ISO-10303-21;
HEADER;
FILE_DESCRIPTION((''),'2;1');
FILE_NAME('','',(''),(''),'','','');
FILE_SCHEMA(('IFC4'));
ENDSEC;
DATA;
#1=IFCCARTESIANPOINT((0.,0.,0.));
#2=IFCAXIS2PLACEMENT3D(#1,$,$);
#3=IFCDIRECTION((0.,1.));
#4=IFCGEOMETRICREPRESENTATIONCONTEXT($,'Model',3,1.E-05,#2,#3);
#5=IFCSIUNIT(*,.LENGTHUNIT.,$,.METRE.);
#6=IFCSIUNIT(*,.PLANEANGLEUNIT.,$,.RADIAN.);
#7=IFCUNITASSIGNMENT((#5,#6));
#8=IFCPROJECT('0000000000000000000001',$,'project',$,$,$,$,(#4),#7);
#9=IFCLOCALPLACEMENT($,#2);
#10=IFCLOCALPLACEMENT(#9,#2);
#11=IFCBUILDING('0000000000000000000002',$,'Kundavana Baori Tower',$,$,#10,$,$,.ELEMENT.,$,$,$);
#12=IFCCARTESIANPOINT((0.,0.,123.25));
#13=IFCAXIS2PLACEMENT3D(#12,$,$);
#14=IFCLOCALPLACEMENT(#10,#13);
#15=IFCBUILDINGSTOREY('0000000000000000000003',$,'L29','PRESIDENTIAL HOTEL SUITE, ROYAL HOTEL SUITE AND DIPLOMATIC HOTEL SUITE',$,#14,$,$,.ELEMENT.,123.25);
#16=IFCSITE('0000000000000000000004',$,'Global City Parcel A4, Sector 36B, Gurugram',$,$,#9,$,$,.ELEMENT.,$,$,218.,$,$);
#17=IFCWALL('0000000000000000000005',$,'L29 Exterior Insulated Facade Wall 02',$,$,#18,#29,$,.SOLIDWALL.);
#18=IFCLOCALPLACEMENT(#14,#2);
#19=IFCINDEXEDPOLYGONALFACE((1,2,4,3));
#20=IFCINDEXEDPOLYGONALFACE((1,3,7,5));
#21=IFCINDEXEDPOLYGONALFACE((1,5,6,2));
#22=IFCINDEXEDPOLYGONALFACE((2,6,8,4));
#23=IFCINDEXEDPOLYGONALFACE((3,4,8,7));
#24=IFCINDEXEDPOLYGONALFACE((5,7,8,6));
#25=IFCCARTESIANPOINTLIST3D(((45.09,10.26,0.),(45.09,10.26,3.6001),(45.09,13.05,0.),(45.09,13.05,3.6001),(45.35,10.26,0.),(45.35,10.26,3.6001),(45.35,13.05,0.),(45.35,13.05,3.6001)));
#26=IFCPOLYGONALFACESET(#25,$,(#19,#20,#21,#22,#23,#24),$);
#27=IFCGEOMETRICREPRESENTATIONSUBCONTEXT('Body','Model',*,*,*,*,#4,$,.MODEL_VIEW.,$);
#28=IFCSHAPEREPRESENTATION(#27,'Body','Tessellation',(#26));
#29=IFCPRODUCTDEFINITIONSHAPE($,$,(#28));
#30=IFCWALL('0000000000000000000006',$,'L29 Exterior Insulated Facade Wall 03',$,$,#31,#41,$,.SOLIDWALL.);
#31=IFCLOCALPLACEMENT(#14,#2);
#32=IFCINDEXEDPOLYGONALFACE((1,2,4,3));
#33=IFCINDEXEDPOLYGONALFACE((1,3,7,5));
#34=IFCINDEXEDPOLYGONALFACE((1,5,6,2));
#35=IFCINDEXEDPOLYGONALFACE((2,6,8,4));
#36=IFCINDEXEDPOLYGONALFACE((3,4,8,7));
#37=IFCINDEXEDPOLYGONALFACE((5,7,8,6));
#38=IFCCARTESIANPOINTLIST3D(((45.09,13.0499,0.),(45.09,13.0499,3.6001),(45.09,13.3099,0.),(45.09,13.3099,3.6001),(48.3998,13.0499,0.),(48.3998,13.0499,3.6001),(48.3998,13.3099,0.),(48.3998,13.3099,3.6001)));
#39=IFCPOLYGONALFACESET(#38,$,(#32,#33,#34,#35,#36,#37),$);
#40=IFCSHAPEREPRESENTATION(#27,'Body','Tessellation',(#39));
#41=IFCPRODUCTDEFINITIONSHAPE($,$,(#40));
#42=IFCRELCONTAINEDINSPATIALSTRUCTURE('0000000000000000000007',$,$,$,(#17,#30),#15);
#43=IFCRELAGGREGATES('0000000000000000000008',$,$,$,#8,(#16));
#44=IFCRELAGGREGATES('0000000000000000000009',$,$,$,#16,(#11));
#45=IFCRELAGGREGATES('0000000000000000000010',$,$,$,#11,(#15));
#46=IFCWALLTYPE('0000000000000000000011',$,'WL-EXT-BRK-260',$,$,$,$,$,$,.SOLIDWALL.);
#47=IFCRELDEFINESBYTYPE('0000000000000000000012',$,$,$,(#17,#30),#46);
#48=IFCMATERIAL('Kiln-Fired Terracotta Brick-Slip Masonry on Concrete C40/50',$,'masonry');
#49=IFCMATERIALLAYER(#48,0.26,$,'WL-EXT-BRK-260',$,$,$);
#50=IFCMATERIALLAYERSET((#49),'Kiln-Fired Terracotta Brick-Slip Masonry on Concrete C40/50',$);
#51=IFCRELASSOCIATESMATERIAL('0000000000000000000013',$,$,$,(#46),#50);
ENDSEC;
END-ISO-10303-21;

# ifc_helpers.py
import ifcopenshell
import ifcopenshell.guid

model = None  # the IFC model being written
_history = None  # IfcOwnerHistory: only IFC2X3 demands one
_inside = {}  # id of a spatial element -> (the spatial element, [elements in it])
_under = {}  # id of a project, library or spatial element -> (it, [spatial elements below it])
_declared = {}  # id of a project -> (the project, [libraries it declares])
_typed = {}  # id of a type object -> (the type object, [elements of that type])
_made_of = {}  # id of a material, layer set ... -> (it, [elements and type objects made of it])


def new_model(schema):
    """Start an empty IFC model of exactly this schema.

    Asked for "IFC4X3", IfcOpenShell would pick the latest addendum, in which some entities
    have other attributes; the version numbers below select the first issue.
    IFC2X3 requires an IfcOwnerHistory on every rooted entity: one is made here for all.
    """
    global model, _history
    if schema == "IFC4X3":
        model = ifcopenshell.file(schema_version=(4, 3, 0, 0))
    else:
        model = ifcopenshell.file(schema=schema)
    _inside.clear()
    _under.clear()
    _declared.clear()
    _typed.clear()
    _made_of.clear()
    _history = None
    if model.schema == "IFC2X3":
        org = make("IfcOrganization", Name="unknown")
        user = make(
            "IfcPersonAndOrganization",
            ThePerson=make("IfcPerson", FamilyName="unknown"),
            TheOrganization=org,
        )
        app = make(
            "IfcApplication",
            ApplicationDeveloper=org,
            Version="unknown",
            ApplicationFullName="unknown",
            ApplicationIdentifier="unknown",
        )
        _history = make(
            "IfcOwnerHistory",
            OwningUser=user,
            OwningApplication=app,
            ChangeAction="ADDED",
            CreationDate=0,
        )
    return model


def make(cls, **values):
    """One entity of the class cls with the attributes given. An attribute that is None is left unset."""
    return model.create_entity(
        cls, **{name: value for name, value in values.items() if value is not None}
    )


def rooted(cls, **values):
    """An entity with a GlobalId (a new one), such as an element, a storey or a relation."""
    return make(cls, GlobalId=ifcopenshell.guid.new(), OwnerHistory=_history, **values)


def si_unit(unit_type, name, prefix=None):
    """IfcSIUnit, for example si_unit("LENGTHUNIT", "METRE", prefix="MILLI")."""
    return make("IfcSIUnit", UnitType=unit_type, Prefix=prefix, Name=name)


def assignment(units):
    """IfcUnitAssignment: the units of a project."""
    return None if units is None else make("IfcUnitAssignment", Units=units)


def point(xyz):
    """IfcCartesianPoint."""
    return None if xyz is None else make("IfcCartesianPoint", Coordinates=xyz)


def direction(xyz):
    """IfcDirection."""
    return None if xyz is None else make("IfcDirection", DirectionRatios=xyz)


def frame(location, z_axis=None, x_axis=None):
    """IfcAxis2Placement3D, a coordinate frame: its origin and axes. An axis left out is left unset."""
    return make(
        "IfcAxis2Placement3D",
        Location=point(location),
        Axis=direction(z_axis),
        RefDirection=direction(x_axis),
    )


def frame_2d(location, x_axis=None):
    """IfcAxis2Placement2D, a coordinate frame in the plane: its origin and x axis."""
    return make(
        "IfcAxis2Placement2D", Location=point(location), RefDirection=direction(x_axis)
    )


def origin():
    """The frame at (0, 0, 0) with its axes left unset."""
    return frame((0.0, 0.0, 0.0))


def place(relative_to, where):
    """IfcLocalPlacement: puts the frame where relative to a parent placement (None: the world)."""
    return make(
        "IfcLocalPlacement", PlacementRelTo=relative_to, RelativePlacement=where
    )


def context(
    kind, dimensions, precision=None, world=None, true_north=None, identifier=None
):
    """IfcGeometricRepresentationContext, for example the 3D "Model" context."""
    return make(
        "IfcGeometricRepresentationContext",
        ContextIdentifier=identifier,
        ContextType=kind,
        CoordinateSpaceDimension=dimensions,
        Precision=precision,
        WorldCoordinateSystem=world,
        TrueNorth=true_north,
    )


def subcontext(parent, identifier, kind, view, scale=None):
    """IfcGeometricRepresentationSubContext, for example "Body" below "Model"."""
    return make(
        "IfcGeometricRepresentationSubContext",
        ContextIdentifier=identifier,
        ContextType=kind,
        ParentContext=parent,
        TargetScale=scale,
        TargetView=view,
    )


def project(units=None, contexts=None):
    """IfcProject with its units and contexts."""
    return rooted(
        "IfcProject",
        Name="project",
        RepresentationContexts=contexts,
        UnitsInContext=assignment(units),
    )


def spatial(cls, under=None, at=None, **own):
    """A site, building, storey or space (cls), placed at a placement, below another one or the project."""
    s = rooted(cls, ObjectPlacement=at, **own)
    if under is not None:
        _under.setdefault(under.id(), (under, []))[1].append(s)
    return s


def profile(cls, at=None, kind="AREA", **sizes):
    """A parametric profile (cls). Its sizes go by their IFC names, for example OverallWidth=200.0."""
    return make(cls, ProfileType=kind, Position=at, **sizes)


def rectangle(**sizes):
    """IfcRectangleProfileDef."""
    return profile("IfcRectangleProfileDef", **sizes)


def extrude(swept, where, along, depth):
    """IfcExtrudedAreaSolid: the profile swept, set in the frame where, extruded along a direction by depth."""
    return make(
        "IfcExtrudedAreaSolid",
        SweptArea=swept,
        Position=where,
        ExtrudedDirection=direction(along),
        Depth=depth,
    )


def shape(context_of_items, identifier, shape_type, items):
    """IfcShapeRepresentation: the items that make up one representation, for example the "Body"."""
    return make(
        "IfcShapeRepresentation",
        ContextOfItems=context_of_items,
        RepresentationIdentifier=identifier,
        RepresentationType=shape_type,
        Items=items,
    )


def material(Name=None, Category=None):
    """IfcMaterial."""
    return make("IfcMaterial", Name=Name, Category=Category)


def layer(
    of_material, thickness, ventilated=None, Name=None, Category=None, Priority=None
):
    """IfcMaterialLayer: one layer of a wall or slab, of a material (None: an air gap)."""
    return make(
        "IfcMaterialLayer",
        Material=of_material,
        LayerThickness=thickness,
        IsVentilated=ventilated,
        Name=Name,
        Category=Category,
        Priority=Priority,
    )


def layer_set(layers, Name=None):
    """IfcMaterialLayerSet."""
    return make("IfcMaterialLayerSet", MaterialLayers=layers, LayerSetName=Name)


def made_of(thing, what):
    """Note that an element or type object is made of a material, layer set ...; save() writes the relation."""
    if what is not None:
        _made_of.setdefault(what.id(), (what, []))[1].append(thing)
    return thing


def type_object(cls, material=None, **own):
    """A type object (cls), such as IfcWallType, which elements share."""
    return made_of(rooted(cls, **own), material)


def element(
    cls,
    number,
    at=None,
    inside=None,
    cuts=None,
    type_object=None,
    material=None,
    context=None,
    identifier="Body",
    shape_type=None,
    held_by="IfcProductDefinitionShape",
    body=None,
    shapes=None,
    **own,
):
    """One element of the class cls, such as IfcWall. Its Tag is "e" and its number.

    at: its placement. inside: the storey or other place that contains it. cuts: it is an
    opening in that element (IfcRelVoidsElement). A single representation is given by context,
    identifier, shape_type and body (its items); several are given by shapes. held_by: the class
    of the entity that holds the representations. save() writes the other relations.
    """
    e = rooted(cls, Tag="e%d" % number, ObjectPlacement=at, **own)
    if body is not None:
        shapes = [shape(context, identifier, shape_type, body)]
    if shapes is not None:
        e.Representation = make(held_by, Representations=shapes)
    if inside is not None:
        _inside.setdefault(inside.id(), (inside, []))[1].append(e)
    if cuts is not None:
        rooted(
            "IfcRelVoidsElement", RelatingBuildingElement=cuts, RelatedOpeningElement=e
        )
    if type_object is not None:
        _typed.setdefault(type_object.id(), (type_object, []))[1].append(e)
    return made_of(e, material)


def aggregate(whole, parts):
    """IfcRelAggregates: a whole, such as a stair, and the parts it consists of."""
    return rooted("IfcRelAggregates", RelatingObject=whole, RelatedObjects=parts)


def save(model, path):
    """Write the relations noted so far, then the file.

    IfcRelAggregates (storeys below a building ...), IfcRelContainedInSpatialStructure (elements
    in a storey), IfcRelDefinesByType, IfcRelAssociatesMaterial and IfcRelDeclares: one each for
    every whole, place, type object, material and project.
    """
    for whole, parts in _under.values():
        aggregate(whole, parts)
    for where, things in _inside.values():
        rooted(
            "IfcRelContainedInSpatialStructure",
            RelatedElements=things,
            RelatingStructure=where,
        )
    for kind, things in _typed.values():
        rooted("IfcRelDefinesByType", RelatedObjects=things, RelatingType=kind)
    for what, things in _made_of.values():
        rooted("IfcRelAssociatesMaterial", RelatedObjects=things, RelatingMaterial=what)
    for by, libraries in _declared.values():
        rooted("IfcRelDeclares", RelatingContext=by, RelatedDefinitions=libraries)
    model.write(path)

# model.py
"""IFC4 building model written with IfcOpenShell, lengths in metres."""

from ifc_helpers import new_model, si_unit, direction, frame, frame_2d, origin, place, context, subcontext, project, spatial, rectangle, extrude, material, layer, layer_set, type_object, element, save


model = new_model("IFC4")

# Units and contexts
model_context = context("Model", 3, precision=1e-05, world=origin(), true_north=direction((0.0, 1.0)))
body_context = subcontext(model_context, "Body", "Model", "MODEL_VIEW")
ifc_project = project(units=[si_unit("LENGTHUNIT", "METRE"), si_unit("PLANEANGLEUNIT", "RADIAN")], contexts=[model_context])

# Site, building, storey
site_placement = place(None, origin())
site = spatial("IfcSite", under=ifc_project, at=site_placement, Name="Global City Parcel A4, Sector 36B, Gurugram", CompositionType="ELEMENT", RefElevation=218.0)
building_placement = place(site_placement, origin())
building = spatial("IfcBuilding", under=site, at=building_placement, Name="Kundavana Baori Tower", CompositionType="ELEMENT")
storey_placement = place(building_placement, frame((0.0, 0.0, 123.25)))
storey = spatial("IfcBuildingStorey", under=building, at=storey_placement, Name="L29", Description="PRESIDENTIAL HOTEL SUITE, ROYAL HOTEL SUITE AND DIPLOMATIC HOTEL SUITE", CompositionType="ELEMENT", Elevation=123.25)

# Walls
ifc_material_1 = material(Name="Kiln-Fired Terracotta Brick-Slip Masonry on Concrete C40/50", Category="masonry")
ifc_layer_1 = layer(ifc_material_1, 0.26, Name="WL-EXT-BRK-260")
ifc_layer_set_1 = layer_set([ifc_layer_1], Name="Kiln-Fired Terracotta Brick-Slip Masonry on Concrete C40/50")
wall_type_1 = type_object("IfcWallType", Name="WL-EXT-BRK-260", PredefinedType="SOLIDWALL", material=ifc_layer_set_1)
wall_1_placement = place(storey_placement, frame((45.22, 10.26, 0.0), z_axis=(0.0, 0.0, 1.0), x_axis=(0.0, 1.0, 0.0)))
element("IfcWall", 1, at=wall_1_placement, inside=storey, type_object=wall_type_1, Name="L29 Exterior Insulated Facade Wall 02", PredefinedType="SOLIDWALL", context=body_context, shape_type="SweptSolid", body=[
    extrude(rectangle(XDim=2.79, YDim=0.26, at=frame_2d((1.395, 0.0))), origin(), (0.0, 0.0, 1.0), 3.6001),
])
wall_2_placement = place(storey_placement, frame((45.0901, 13.1799, 0.0), z_axis=(0.0, 0.0, 1.0), x_axis=(1.0, 0.0, 0.0)))
element("IfcWall", 2, at=wall_2_placement, inside=storey, type_object=wall_type_1, Name="L29 Exterior Insulated Facade Wall 03", PredefinedType="SOLIDWALL", context=body_context, shape_type="SweptSolid", body=[
    extrude(rectangle(XDim=3.3098, YDim=0.26, at=frame_2d((1.6548, 0.0))), origin(), (0.0, 0.0, 1.0), 3.6001),
])

save(model, "model.ifc")
